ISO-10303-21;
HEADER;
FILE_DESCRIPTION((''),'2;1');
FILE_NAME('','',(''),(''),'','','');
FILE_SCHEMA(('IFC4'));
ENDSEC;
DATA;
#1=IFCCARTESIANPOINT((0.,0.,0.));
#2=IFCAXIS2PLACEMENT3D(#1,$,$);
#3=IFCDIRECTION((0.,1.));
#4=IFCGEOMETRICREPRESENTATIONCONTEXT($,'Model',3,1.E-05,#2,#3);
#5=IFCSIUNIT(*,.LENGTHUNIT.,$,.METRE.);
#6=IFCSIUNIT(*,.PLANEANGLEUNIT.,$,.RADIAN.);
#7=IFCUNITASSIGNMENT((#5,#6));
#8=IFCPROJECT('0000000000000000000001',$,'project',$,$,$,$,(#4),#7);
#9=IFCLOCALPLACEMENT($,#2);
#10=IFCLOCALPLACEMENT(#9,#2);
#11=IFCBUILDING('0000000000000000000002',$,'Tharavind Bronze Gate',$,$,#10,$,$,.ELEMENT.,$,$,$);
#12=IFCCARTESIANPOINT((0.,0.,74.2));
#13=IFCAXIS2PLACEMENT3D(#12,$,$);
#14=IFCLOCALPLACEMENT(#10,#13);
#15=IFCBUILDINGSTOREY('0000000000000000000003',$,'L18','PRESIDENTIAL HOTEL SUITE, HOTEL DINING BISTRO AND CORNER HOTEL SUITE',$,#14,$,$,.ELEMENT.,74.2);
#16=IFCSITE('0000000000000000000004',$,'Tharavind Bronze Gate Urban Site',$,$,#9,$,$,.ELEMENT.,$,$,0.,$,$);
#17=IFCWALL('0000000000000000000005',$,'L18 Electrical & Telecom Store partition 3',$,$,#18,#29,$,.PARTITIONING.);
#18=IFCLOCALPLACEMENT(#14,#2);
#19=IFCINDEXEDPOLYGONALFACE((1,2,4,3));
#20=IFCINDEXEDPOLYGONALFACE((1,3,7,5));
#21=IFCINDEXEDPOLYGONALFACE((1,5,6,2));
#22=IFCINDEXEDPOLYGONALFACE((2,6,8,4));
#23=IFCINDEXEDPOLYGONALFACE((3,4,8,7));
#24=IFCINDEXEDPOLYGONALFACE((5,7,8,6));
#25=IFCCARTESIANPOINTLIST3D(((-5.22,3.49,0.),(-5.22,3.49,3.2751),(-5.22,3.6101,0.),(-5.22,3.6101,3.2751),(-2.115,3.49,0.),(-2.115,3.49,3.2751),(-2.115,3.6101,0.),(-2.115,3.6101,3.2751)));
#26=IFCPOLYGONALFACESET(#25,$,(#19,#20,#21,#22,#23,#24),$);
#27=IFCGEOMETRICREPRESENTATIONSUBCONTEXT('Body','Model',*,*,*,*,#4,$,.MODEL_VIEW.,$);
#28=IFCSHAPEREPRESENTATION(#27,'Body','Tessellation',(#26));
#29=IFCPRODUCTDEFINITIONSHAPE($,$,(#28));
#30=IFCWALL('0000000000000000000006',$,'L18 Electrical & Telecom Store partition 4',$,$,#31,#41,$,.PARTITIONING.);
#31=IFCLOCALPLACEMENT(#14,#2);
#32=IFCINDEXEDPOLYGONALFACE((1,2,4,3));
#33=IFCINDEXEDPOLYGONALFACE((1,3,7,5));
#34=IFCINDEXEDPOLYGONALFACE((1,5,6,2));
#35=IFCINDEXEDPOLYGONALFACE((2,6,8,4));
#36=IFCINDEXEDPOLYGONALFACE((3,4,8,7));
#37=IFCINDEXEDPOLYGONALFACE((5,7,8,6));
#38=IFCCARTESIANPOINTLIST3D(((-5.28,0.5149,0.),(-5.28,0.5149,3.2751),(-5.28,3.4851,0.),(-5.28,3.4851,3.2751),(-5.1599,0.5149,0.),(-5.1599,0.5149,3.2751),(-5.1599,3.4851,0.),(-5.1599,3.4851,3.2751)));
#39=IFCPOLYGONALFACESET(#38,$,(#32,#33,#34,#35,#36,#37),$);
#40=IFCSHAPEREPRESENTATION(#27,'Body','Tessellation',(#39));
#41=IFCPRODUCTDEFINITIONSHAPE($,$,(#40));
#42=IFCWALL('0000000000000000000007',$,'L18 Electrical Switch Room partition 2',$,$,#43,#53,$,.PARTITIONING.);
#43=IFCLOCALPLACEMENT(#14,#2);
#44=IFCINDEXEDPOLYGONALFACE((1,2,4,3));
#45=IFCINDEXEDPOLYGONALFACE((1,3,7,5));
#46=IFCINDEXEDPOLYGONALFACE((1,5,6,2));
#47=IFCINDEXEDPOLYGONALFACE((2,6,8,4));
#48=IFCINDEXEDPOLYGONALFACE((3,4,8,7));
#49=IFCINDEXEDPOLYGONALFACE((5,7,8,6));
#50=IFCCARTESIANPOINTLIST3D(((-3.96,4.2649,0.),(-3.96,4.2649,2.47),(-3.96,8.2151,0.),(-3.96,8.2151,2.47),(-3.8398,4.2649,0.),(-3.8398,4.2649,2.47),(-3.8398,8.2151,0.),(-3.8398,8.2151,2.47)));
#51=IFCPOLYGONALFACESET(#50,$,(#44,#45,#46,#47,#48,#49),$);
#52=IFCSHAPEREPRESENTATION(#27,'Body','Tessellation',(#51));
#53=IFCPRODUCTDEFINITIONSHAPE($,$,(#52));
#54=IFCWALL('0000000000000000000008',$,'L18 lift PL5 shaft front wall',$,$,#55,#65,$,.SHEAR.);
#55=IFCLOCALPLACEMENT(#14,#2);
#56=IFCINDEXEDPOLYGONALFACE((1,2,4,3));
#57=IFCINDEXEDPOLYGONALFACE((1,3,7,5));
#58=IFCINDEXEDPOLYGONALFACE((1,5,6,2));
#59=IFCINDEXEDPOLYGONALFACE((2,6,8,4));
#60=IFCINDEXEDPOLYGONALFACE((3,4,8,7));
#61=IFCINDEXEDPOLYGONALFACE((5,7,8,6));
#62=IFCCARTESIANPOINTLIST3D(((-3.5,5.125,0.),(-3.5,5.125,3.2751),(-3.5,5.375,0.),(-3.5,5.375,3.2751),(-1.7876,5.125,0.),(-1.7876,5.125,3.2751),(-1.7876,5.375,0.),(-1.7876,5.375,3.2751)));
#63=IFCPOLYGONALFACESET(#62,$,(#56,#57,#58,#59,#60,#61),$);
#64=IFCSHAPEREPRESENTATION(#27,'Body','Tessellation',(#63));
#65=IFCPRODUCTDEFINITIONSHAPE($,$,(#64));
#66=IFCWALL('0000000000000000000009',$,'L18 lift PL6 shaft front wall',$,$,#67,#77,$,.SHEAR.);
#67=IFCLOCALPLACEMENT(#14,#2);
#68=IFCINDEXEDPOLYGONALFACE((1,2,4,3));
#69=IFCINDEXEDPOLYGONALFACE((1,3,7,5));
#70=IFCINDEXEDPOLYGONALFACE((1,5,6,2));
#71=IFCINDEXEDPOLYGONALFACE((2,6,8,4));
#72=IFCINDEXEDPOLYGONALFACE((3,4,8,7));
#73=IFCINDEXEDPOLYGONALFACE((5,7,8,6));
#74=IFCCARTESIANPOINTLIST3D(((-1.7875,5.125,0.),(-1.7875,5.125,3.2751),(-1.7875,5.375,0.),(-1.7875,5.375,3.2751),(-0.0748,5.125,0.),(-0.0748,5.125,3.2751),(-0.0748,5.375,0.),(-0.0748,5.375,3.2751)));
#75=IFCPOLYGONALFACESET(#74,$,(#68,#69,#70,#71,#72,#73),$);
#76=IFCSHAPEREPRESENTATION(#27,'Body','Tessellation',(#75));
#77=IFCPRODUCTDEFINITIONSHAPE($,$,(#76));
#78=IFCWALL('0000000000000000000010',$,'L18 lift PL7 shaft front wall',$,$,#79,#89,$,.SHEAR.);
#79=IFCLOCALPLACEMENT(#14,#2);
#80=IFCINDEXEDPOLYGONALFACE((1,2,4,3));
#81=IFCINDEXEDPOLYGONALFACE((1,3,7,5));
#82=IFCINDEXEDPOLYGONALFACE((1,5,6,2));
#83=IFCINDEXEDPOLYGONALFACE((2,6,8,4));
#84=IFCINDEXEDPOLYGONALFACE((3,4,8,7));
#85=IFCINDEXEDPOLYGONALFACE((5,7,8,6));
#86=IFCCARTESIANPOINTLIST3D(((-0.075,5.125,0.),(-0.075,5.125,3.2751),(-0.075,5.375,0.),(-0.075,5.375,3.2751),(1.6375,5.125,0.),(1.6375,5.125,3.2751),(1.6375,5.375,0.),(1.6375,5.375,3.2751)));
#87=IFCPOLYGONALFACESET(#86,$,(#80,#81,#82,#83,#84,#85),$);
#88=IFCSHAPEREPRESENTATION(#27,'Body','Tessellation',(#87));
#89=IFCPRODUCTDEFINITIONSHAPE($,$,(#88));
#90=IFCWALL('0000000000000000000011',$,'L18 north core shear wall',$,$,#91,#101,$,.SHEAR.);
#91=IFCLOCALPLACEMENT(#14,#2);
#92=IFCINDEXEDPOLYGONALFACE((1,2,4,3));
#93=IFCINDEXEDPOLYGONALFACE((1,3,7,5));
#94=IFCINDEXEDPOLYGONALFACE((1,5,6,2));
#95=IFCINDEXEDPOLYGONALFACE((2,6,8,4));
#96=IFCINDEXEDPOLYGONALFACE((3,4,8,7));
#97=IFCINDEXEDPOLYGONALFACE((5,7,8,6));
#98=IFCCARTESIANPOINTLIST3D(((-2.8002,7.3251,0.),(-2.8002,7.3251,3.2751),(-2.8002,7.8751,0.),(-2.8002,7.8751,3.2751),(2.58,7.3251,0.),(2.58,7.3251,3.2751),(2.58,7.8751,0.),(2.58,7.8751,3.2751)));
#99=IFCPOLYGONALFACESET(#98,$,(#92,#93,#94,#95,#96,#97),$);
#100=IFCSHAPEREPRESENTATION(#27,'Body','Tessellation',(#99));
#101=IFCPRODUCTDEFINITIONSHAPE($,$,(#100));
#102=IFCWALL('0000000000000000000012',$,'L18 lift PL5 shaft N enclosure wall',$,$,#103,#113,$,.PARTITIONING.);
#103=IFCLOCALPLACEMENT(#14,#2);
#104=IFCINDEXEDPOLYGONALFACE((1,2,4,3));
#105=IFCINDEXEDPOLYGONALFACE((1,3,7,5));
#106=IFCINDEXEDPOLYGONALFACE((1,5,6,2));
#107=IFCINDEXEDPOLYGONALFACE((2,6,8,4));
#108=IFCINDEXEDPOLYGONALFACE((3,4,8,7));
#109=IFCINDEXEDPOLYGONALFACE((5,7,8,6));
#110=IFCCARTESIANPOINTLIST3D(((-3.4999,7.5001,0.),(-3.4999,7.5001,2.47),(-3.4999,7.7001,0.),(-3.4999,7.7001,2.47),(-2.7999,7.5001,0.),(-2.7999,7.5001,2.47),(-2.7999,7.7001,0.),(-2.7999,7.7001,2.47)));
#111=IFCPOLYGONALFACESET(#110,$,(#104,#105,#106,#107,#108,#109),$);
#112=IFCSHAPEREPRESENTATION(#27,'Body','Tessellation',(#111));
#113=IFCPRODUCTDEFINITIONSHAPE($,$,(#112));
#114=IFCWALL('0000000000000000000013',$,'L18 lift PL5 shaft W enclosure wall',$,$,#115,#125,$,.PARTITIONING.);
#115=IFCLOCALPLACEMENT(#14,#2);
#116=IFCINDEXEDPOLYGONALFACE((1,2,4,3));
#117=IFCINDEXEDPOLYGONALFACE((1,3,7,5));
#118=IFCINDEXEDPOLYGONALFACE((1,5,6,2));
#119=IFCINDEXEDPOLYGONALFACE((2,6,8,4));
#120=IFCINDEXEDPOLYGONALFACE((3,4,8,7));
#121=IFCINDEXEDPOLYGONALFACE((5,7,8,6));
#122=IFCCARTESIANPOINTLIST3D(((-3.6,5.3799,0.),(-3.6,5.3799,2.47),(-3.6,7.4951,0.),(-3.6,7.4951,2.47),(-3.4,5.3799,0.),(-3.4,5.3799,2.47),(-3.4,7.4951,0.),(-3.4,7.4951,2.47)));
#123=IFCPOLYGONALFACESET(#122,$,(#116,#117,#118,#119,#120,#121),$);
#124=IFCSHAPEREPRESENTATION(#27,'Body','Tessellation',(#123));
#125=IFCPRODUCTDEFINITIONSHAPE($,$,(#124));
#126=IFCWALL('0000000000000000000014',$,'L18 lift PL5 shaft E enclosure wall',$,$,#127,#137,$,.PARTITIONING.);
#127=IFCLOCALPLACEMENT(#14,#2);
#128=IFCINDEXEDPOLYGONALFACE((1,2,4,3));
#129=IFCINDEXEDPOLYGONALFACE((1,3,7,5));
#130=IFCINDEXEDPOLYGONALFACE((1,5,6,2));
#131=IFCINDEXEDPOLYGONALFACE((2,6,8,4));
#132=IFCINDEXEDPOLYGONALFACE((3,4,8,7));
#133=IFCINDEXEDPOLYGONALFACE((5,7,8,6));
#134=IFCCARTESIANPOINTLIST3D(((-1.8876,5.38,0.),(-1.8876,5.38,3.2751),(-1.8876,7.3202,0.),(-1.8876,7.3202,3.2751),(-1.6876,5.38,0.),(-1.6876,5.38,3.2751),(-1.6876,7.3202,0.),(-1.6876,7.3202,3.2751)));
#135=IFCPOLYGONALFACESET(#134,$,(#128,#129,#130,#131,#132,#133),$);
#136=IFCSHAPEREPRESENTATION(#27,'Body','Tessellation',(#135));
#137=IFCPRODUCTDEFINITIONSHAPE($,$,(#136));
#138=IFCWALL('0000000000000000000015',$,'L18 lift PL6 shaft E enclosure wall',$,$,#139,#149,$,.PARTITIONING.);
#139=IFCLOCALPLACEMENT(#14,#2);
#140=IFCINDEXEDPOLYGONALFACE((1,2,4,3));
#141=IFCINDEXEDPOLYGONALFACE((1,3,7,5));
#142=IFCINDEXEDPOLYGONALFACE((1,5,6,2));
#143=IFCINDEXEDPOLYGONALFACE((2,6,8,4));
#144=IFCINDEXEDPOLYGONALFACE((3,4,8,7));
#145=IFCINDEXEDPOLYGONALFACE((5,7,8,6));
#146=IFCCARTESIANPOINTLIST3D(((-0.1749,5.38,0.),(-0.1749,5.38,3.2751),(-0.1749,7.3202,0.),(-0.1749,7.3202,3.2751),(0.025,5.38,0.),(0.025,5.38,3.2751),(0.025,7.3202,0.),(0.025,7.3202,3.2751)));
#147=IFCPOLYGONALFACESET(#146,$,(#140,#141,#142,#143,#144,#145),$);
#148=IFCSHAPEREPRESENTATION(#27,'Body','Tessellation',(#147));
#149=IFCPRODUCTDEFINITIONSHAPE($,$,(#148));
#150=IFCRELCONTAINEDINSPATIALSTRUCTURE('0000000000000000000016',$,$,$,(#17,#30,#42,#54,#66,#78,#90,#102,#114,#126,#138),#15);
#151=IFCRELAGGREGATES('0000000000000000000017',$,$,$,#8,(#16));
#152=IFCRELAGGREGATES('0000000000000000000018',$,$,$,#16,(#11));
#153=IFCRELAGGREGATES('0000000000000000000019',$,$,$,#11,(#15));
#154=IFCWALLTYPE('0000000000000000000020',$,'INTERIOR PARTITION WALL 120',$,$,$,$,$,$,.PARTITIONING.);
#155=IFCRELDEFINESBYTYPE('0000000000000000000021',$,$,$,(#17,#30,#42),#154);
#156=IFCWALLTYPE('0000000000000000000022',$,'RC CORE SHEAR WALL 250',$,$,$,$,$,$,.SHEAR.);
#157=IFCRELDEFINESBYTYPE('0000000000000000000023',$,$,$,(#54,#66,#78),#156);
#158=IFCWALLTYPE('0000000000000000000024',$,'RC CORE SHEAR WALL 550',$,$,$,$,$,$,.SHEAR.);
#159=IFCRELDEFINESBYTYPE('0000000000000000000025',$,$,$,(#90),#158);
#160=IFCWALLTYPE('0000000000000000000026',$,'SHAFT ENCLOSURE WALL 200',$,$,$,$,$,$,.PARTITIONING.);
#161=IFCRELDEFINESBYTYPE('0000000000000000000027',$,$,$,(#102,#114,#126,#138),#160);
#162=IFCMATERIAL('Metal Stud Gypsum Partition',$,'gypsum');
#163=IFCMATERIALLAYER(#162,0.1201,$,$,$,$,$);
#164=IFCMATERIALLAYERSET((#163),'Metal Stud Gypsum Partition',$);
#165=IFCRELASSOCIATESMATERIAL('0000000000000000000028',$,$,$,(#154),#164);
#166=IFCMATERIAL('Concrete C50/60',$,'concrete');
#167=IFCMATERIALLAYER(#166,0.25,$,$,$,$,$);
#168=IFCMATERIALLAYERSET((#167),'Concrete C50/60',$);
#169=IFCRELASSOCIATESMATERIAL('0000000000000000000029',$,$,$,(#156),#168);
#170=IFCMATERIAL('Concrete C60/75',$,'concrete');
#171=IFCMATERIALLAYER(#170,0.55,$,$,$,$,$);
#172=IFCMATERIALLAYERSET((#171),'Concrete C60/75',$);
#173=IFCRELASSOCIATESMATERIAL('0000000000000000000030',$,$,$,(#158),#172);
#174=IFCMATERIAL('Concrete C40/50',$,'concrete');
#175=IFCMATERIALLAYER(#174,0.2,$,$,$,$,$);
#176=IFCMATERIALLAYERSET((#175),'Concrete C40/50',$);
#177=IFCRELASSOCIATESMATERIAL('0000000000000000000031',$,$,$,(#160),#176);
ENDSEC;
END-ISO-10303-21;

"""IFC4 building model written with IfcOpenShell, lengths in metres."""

from ifc_helpers import new_model, si_unit, direction, frame, frame_2d, origin, place, context, subcontext, project, spatial, rectangle, extrude, material, layer, layer_set, type_object, element, save


model = new_model("IFC4")

# Units and contexts
model_context = context("Model", 3, precision=1e-05, world=origin(), true_north=direction((0.0, 1.0)))
body_context = subcontext(model_context, "Body", "Model", "MODEL_VIEW")
ifc_project = project(units=[si_unit("LENGTHUNIT", "METRE"), si_unit("PLANEANGLEUNIT", "RADIAN")], contexts=[model_context])

# Site, building, storey
site_placement = place(None, origin())
site = spatial("IfcSite", under=ifc_project, at=site_placement, Name="Tharavind Bronze Gate Urban Site", CompositionType="ELEMENT", RefElevation=0.0)
building_placement = place(site_placement, origin())
building = spatial("IfcBuilding", under=site, at=building_placement, Name="Tharavind Bronze Gate", CompositionType="ELEMENT")
storey_placement = place(building_placement, frame((0.0, 0.0, 74.2)))
storey = spatial("IfcBuildingStorey", under=building, at=storey_placement, Name="L18", Description="PRESIDENTIAL HOTEL SUITE, HOTEL DINING BISTRO AND CORNER HOTEL SUITE", CompositionType="ELEMENT", Elevation=74.2)

# Shared definitions
ifc_material_1 = material(Name="Concrete C40/50", Category="concrete")

# Shared definitions
ifc_material_2 = material(Name="Metal Stud Gypsum Partition", Category="gypsum")
ifc_layer_1 = layer(ifc_material_2, 0.1201)
ifc_layer_set_1 = layer_set([ifc_layer_1], Name="Metal Stud Gypsum Partition")
wall_type_1 = type_object("IfcWallType", Name="INTERIOR PARTITION WALL 120", PredefinedType="PARTITIONING", material=ifc_layer_set_1)

# Walls
wall_1_placement = place(storey_placement, frame((-2.115, 3.55, 0.0), z_axis=(0.0, 0.0, 1.0), x_axis=(-1.0, 0.0, 0.0)))
element("IfcWall", 1, at=wall_1_placement, inside=storey, type_object=wall_type_1, Name="L18 Electrical & Telecom Store partition 3", PredefinedType="PARTITIONING", context=body_context, shape_type="SweptSolid", body=[
    extrude(rectangle(XDim=3.105, YDim=0.1201, at=frame_2d((1.5525, 0.0))), origin(), (0.0, 0.0, 1.0), 3.2751),
])
wall_2_placement = place(storey_placement, frame((-5.22, 3.4851, 0.0), z_axis=(0.0, 0.0, 1.0), x_axis=(0.0, -1.0, 0.0)))
element("IfcWall", 2, at=wall_2_placement, inside=storey, type_object=wall_type_1, Name="L18 Electrical & Telecom Store partition 4", PredefinedType="PARTITIONING", context=body_context, shape_type="SweptSolid", body=[
    extrude(rectangle(XDim=2.9702, YDim=0.1201, at=frame_2d((1.4851, 0.0))), origin(), (0.0, 0.0, 1.0), 3.2751),
])
wall_3_placement = place(storey_placement, frame((-3.8999, 4.2649, 0.0), z_axis=(0.0, 0.0, 1.0), x_axis=(0.0, 1.0, 0.0)))
element("IfcWall", 3, at=wall_3_placement, inside=storey, type_object=wall_type_1, Name="L18 Electrical Switch Room partition 2", PredefinedType="PARTITIONING", context=body_context, shape_type="SweptSolid", body=[
    extrude(rectangle(XDim=3.9502, YDim=0.1201, at=frame_2d((1.9751, 0.0))), origin(), (0.0, 0.0, 1.0), 2.47),
])
ifc_material_3 = material(Name="Concrete C50/60", Category="concrete")
ifc_layer_2 = layer(ifc_material_3, 0.25)
ifc_layer_set_2 = layer_set([ifc_layer_2], Name="Concrete C50/60")
wall_type_2 = type_object("IfcWallType", Name="RC CORE SHEAR WALL 250", PredefinedType="SHEAR", material=ifc_layer_set_2)
wall_4_placement = place(storey_placement, frame((-3.5, 5.25, 0.0), z_axis=(0.0, 0.0, 1.0), x_axis=(1.0, 0.0, 0.0)))
element("IfcWall", 4, at=wall_4_placement, inside=storey, type_object=wall_type_2, Name="L18 lift PL5 shaft front wall", PredefinedType="SHEAR", context=body_context, shape_type="SweptSolid", body=[
    extrude(rectangle(XDim=1.7124, YDim=0.25, at=frame_2d((0.8562, 0.0))), origin(), (0.0, 0.0, 1.0), 3.2751),
])
wall_5_placement = place(storey_placement, frame((-1.7876, 5.25, 0.0), z_axis=(0.0, 0.0, 1.0), x_axis=(1.0, 0.0, 0.0)))
element("IfcWall", 5, at=wall_5_placement, inside=storey, type_object=wall_type_2, Name="L18 lift PL6 shaft front wall", PredefinedType="SHEAR", context=body_context, shape_type="SweptSolid", body=[
    extrude(rectangle(XDim=1.7126, YDim=0.25, at=frame_2d((0.8564, 0.0))), origin(), (0.0, 0.0, 1.0), 3.2751),
])
wall_6_placement = place(storey_placement, frame((-0.075, 5.25, 0.0), z_axis=(0.0, 0.0, 1.0), x_axis=(1.0, 0.0, 0.0)))
element("IfcWall", 6, at=wall_6_placement, inside=storey, type_object=wall_type_2, Name="L18 lift PL7 shaft front wall", PredefinedType="SHEAR", context=body_context, shape_type="SweptSolid", body=[
    extrude(rectangle(XDim=1.7124, YDim=0.25, at=frame_2d((0.8562, 0.0))), origin(), (0.0, 0.0, 1.0), 3.2751),
])
ifc_material_4 = material(Name="Concrete C60/75", Category="concrete")
ifc_layer_3 = layer(ifc_material_4, 0.55)
ifc_layer_set_3 = layer_set([ifc_layer_3], Name="Concrete C60/75")
wall_type_3 = type_object("IfcWallType", Name="RC CORE SHEAR WALL 550", PredefinedType="SHEAR", material=ifc_layer_set_3)
wall_7_placement = place(storey_placement, frame((-2.8, 7.6001, 0.0), z_axis=(0.0, 0.0, 1.0), x_axis=(1.0, 0.0, 0.0)))
element("IfcWall", 7, at=wall_7_placement, inside=storey, type_object=wall_type_3, Name="L18 north core shear wall", PredefinedType="SHEAR", context=body_context, shape_type="SweptSolid", body=[
    extrude(rectangle(XDim=5.3801, YDim=0.55, at=frame_2d((2.6899, 0.0))), origin(), (0.0, 0.0, 1.0), 3.2751),
])
ifc_layer_4 = layer(ifc_material_1, 0.2)
ifc_layer_set_4 = layer_set([ifc_layer_4], Name="Concrete C40/50")
wall_type_4 = type_object("IfcWallType", Name="SHAFT ENCLOSURE WALL 200", PredefinedType="PARTITIONING", material=ifc_layer_set_4)
wall_8_placement = place(storey_placement, frame((-3.5, 7.6001, 0.0), z_axis=(0.0, 0.0, 1.0), x_axis=(1.0, 0.0, 0.0)))
element("IfcWall", 8, at=wall_8_placement, inside=storey, type_object=wall_type_4, Name="L18 lift PL5 shaft N enclosure wall", PredefinedType="PARTITIONING", context=body_context, shape_type="SweptSolid", body=[
    extrude(rectangle(XDim=0.7, YDim=0.2, at=frame_2d((0.3501, 0.0))), origin(), (0.0, 0.0, 1.0), 2.47),
])
wall_9_placement = place(storey_placement, frame((-3.5, 5.3799, 0.0), z_axis=(0.0, 0.0, 1.0), x_axis=(0.0, 1.0, 0.0)))
element("IfcWall", 9, at=wall_9_placement, inside=storey, type_object=wall_type_4, Name="L18 lift PL5 shaft W enclosure wall", PredefinedType="PARTITIONING", context=body_context, shape_type="SweptSolid", body=[
    extrude(rectangle(XDim=2.1152, YDim=0.2, at=frame_2d((1.0576, 0.0))), origin(), (0.0, 0.0, 1.0), 2.47),
])
for number, where, z_axis, x_axis, name in (
    (10, (-1.7876, 5.3799, 0.0), (0.0, 0.0, 1.0), (0.0, 1.0, 0.0), "L18 lift PL5 shaft E enclosure wall"),
    (11, (-0.075, 5.3799, 0.0), (0.0, 0.0, 1.0), (0.0, 1.0, 0.0), "L18 lift PL6 shaft E enclosure wall"),
):
    element("IfcWall", number, at=place(storey_placement, frame(where, z_axis=z_axis, x_axis=x_axis)), inside=storey, type_object=wall_type_4, Name=name, PredefinedType="PARTITIONING", context=body_context, shape_type="SweptSolid", body=[
        extrude(rectangle(XDim=1.9402, YDim=0.2, at=frame_2d((0.9702, 0.0))), origin(), (0.0, 0.0, 1.0), 3.2751),
    ])

save(model, "model.ifc")
